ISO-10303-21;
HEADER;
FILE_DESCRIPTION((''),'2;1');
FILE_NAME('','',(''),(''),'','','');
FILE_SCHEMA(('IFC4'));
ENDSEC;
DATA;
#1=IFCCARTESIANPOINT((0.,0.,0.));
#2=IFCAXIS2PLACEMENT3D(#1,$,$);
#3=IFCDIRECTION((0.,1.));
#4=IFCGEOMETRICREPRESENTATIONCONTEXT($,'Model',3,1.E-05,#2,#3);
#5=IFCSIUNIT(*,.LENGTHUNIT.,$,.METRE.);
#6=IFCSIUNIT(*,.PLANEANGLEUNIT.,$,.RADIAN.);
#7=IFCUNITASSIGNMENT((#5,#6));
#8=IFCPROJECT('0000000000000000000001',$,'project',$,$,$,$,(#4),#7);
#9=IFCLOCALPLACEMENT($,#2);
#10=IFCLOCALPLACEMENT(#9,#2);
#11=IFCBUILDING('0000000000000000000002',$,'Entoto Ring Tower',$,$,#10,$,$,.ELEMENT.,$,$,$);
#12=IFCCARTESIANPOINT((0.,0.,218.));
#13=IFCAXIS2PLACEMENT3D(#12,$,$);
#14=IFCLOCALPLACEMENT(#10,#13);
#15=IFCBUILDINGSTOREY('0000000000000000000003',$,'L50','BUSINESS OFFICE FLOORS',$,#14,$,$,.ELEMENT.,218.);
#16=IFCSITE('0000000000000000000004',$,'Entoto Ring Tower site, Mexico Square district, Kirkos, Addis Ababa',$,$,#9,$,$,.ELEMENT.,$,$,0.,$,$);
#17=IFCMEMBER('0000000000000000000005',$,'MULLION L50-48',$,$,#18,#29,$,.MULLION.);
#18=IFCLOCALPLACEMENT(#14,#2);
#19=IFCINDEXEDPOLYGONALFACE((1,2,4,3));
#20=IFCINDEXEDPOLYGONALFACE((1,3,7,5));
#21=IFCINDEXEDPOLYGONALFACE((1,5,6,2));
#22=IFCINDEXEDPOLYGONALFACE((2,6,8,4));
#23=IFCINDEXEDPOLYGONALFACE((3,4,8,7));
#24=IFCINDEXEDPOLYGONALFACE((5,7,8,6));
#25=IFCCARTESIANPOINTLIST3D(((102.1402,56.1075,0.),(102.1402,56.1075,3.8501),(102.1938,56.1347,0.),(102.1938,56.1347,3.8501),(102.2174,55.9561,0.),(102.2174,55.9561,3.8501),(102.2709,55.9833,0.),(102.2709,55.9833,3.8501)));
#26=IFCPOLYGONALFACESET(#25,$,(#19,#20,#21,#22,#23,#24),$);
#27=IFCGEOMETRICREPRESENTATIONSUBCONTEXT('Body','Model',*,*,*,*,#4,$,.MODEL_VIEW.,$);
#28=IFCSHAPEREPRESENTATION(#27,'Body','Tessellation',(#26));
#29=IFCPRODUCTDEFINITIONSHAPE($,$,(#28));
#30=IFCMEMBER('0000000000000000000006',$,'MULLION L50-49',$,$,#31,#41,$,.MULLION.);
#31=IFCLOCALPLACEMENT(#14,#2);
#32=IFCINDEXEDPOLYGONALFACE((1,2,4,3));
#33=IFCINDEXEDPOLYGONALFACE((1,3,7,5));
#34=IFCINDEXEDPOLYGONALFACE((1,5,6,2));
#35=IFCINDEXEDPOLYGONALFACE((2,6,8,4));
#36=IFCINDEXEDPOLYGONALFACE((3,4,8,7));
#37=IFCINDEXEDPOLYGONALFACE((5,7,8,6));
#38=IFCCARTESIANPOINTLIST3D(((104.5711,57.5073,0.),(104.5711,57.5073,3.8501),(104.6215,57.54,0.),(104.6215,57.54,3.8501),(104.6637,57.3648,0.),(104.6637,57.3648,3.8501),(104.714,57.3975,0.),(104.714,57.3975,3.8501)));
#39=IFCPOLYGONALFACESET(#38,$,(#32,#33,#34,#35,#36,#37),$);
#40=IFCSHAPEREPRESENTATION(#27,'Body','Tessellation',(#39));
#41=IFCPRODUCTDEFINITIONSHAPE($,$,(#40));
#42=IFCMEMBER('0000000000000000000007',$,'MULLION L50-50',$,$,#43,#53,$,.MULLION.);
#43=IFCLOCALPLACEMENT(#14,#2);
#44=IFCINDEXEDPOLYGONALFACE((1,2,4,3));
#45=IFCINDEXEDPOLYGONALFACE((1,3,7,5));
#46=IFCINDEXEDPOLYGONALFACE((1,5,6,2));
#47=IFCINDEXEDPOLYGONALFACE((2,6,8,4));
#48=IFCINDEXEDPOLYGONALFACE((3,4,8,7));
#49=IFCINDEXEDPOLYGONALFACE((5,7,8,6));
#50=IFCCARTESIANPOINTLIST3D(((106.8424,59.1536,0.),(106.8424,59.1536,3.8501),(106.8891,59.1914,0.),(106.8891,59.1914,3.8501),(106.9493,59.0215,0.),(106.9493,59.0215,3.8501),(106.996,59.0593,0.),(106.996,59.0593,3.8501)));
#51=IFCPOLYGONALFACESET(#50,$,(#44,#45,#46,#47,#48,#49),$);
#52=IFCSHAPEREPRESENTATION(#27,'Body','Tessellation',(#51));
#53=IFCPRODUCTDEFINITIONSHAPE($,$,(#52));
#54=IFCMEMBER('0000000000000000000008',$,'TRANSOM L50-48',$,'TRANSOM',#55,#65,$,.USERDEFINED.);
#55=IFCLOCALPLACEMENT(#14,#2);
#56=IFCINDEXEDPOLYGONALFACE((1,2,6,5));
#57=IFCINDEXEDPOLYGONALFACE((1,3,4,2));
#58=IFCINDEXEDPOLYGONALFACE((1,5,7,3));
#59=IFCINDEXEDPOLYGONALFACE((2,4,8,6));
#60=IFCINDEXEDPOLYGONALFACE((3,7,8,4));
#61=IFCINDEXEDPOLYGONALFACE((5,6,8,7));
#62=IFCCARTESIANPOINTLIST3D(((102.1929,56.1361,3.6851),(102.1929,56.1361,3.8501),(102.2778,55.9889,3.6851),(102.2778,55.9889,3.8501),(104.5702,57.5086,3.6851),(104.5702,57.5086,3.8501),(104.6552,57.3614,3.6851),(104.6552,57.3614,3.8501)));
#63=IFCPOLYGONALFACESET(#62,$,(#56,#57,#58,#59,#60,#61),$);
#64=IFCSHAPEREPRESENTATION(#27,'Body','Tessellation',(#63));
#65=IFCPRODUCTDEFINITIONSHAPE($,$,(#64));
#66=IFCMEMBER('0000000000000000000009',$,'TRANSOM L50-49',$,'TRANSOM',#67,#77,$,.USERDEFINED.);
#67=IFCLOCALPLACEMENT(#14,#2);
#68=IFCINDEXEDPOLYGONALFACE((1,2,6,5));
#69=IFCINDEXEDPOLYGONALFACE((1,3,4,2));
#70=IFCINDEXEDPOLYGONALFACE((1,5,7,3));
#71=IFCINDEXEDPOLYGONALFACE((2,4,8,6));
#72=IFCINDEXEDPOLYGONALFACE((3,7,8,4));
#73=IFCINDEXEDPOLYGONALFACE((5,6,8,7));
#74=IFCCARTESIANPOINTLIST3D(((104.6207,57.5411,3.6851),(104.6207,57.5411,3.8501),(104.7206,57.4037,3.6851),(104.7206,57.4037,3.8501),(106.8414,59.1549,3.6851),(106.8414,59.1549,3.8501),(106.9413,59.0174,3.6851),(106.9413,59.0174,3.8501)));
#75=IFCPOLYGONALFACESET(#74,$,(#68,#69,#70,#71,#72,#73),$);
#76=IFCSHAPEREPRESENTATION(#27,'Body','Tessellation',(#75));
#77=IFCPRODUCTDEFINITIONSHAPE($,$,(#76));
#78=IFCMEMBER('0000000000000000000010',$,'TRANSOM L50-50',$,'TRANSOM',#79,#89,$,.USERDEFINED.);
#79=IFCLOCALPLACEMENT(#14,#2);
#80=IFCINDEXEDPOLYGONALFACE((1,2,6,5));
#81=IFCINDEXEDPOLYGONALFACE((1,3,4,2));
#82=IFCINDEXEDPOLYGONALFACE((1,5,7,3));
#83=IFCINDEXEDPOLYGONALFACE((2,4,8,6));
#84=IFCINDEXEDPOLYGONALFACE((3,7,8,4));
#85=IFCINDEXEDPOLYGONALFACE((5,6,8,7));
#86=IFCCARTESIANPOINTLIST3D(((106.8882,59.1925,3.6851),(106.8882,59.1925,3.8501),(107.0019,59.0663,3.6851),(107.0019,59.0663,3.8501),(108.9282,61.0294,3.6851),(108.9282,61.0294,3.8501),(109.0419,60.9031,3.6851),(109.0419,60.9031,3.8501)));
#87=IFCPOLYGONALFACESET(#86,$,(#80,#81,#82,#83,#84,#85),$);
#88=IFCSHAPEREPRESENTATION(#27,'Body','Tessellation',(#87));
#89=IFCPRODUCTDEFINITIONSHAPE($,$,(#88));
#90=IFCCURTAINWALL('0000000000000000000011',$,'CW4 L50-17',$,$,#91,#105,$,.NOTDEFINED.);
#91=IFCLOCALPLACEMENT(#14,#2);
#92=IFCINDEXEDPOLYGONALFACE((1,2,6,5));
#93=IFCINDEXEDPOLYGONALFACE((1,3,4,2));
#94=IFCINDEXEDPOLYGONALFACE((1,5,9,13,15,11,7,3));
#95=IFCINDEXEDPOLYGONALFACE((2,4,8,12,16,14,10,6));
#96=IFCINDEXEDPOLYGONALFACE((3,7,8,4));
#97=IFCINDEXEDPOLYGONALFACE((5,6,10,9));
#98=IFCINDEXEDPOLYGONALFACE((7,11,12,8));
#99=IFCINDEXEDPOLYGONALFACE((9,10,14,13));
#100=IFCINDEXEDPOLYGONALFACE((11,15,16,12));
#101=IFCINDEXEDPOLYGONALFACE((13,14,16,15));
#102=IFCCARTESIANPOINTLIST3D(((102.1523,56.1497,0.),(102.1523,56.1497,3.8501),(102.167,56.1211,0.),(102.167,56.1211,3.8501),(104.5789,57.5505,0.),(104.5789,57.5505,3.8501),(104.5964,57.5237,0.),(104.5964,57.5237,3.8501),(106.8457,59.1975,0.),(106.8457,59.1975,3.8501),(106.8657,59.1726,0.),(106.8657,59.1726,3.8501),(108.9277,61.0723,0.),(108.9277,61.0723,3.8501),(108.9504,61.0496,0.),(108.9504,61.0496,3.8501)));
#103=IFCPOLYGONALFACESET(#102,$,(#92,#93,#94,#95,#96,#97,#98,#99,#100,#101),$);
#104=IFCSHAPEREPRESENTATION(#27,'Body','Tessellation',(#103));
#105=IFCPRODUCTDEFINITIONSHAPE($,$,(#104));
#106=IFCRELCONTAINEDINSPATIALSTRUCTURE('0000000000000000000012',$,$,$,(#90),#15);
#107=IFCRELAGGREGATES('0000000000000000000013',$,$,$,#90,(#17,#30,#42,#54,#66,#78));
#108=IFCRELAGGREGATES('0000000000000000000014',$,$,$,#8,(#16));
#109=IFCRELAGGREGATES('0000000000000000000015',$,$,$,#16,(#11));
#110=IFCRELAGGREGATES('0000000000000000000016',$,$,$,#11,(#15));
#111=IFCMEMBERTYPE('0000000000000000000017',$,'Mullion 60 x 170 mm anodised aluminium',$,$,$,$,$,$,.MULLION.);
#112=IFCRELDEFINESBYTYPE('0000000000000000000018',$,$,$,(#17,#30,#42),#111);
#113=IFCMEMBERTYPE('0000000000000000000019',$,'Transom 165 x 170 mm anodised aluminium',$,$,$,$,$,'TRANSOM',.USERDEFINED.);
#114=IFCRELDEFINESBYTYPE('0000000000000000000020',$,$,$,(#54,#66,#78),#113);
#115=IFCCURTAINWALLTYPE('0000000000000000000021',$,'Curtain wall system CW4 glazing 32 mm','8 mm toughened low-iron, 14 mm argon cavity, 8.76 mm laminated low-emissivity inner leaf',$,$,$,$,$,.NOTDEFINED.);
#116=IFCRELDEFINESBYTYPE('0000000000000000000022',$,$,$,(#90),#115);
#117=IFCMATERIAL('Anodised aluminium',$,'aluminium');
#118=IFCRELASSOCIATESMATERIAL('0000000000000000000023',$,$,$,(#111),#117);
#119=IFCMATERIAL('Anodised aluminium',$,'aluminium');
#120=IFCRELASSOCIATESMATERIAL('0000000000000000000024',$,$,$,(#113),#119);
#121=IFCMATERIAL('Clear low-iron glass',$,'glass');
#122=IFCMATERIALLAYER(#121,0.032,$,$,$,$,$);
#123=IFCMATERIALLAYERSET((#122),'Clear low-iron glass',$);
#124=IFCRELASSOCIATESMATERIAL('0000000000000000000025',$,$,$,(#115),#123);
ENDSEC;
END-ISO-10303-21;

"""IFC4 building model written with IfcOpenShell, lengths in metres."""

from ifc_helpers import new_model, si_unit, direction, frame, origin, origin_2d, place, context, subcontext, project, spatial, polyline, rectangle, outline, extrude, material, layer, layer_set, material_profile, profile_set, type_object, element, aggregate, save


model = new_model("IFC4")

# Units and contexts
model_context = context("Model", 3, precision=1e-05, world=origin(), true_north=direction((0.0, 1.0)))
body_context = subcontext(model_context, "Body", "Model", "MODEL_VIEW")
ifc_project = project(units=[si_unit("LENGTHUNIT", "METRE"), si_unit("PLANEANGLEUNIT", "RADIAN")], contexts=[model_context])

# Members
ifc_material_1 = material(Name="Anodised aluminium", Category="aluminium")
ifc_material_profile_1 = material_profile(ifc_material_1, rectangle(XDim=0.0601, YDim=0.1699, at=origin_2d()), Name="Mullion 60 x 170 mm anodised aluminium")
ifc_profile_set_1 = profile_set([ifc_material_profile_1], Name="Anodised aluminium")
member_type_1 = type_object("IfcMemberType", Name="Mullion 60 x 170 mm anodised aluminium", PredefinedType="MULLION", material=ifc_profile_set_1)
site_placement = place(None, origin())
building_placement = place(site_placement, origin())
storey_placement = place(building_placement, frame((0.0, 0.0, 218.0)))
member_1_placement = place(storey_placement, frame((102.2056, 56.0454, 0.0), z_axis=(0.0, 0.0, 1.0), x_axis=(0.891007, 0.45399, 0.0)))
member_1 = element("IfcMember", 1, at=member_1_placement, type_object=member_type_1, Name="MULLION L50-48", PredefinedType="MULLION", context=body_context, shape_type="SweptSolid", body=[
    extrude(rectangle(XDim=0.0601, YDim=0.1699, at=origin_2d()), origin(), (0.0, 0.0, 1.0), 3.8501),
])
member_2_placement = place(storey_placement, frame((104.6426, 57.4524, 0.0), z_axis=(0.0, 0.0, 1.0), x_axis=(0.838671, 0.544639, 0.0)))
member_2 = element("IfcMember", 2, at=member_2_placement, type_object=member_type_1, Name="MULLION L50-49", PredefinedType="MULLION", context=body_context, shape_type="SweptSolid", body=[
    extrude(rectangle(XDim=0.0601, YDim=0.1699, at=origin_2d()), origin(), (0.0, 0.0, 1.0), 3.8501),
])
member_3_placement = place(storey_placement, frame((106.9192, 59.1064, 0.0), z_axis=(0.0, 0.0, 1.0), x_axis=(0.777146, 0.62932, 0.0)))
member_3 = element("IfcMember", 3, at=member_3_placement, type_object=member_type_1, Name="MULLION L50-50", PredefinedType="MULLION", context=body_context, shape_type="SweptSolid", body=[
    extrude(rectangle(XDim=0.0601, YDim=0.1699, at=origin_2d()), origin(), (0.0, 0.0, 1.0), 3.8501),
])
ifc_material_2 = material(Name="Anodised aluminium", Category="aluminium")
ifc_material_profile_2 = material_profile(ifc_material_2, rectangle(XDim=0.1699, YDim=0.165, at=origin_2d()), Name="Transom 165 x 170 mm anodised aluminium")
ifc_profile_set_2 = profile_set([ifc_material_profile_2], Name="Anodised aluminium")
member_type_2 = type_object("IfcMemberType", Name="Transom 165 x 170 mm anodised aluminium", ElementType="TRANSOM", PredefinedType="USERDEFINED", material=ifc_profile_set_2)
member_4_placement = place(storey_placement, frame((102.2354, 56.0625, 3.7676), z_axis=(0.866035, 0.499984, 0.0), x_axis=(-0.499984, 0.866035, 0.0)))
member_4 = element("IfcMember", 4, at=member_4_placement, type_object=member_type_2, Name="TRANSOM L50-48", ObjectType="TRANSOM", PredefinedType="USERDEFINED", context=body_context, shape_type="SweptSolid", body=[
    extrude(rectangle(XDim=0.1699, YDim=0.165, at=origin_2d()), origin(), (0.0, 0.0, 1.0), 2.7451),
])
member_5_placement = place(storey_placement, frame((104.6707, 57.4724, 3.7676), z_axis=(0.808959, 0.587865, 0.0), x_axis=(-0.587865, 0.808959, 0.0)))
member_5 = element("IfcMember", 5, at=member_5_placement, type_object=member_type_2, Name="TRANSOM L50-49", ObjectType="TRANSOM", PredefinedType="USERDEFINED", context=body_context, shape_type="SweptSolid", body=[
    extrude(rectangle(XDim=0.1699, YDim=0.165, at=origin_2d()), origin(), (0.0, 0.0, 1.0), 2.7451),
])
member_6_placement = place(storey_placement, frame((106.9451, 59.1294, 3.7676), z_axis=(0.743135, 0.669142, 0.0), x_axis=(-0.669142, 0.743135, 0.0)))
member_6 = element("IfcMember", 6, at=member_6_placement, type_object=member_type_2, Name="TRANSOM L50-50", ObjectType="TRANSOM", PredefinedType="USERDEFINED", context=body_context, shape_type="SweptSolid", body=[
    extrude(rectangle(XDim=0.1699, YDim=0.165, at=origin_2d()), origin(), (0.0, 0.0, 1.0), 2.7451),
])

# Site, building, storey
site = spatial("IfcSite", under=ifc_project, at=site_placement, Name="Entoto Ring Tower site, Mexico Square district, Kirkos, Addis Ababa", CompositionType="ELEMENT", RefElevation=0.0)
building = spatial("IfcBuilding", under=site, at=building_placement, Name="Entoto Ring Tower", CompositionType="ELEMENT")
storey = spatial("IfcBuildingStorey", under=building, at=storey_placement, Name="L50", Description="BUSINESS OFFICE FLOORS", CompositionType="ELEMENT", Elevation=218.0)

# Curtain wall
ifc_material_3 = material(Name="Clear low-iron glass", Category="glass")
ifc_layer = layer(ifc_material_3, 0.032)
ifc_layer_set = layer_set([ifc_layer], Name="Clear low-iron glass")
curtain_wall_type = type_object("IfcCurtainWallType", Name="Curtain wall system CW4 glazing 32 mm", Description="8 mm toughened low-iron, 14 mm argon cavity, 8.76 mm laminated low-emissivity inner leaf", PredefinedType="NOTDEFINED", material=ifc_layer_set)
curtain_wall_1_placement = place(storey_placement, origin())
curtain_wall_1 = element("IfcCurtainWall", 7, at=curtain_wall_1_placement, inside=storey, type_object=curtain_wall_type, Name="CW4 L50-17", PredefinedType="NOTDEFINED", context=body_context, shape_type="SweptSolid", body=[
    extrude(outline(polyline([(102.167, 56.1211), (104.5964, 57.5237), (106.8657, 59.1726), (108.9504, 61.0496), (108.9277, 61.0723), (106.8457, 59.1975), (104.5789, 57.5505), (102.1523, 56.1497), (102.167, 56.1211)])), origin(), (0.0, 0.0, 1.0), 3.8501),
])
aggregate(curtain_wall_1, [member_1, member_2, member_3, member_4, member_5, member_6])

save(model, "model.ifc")
